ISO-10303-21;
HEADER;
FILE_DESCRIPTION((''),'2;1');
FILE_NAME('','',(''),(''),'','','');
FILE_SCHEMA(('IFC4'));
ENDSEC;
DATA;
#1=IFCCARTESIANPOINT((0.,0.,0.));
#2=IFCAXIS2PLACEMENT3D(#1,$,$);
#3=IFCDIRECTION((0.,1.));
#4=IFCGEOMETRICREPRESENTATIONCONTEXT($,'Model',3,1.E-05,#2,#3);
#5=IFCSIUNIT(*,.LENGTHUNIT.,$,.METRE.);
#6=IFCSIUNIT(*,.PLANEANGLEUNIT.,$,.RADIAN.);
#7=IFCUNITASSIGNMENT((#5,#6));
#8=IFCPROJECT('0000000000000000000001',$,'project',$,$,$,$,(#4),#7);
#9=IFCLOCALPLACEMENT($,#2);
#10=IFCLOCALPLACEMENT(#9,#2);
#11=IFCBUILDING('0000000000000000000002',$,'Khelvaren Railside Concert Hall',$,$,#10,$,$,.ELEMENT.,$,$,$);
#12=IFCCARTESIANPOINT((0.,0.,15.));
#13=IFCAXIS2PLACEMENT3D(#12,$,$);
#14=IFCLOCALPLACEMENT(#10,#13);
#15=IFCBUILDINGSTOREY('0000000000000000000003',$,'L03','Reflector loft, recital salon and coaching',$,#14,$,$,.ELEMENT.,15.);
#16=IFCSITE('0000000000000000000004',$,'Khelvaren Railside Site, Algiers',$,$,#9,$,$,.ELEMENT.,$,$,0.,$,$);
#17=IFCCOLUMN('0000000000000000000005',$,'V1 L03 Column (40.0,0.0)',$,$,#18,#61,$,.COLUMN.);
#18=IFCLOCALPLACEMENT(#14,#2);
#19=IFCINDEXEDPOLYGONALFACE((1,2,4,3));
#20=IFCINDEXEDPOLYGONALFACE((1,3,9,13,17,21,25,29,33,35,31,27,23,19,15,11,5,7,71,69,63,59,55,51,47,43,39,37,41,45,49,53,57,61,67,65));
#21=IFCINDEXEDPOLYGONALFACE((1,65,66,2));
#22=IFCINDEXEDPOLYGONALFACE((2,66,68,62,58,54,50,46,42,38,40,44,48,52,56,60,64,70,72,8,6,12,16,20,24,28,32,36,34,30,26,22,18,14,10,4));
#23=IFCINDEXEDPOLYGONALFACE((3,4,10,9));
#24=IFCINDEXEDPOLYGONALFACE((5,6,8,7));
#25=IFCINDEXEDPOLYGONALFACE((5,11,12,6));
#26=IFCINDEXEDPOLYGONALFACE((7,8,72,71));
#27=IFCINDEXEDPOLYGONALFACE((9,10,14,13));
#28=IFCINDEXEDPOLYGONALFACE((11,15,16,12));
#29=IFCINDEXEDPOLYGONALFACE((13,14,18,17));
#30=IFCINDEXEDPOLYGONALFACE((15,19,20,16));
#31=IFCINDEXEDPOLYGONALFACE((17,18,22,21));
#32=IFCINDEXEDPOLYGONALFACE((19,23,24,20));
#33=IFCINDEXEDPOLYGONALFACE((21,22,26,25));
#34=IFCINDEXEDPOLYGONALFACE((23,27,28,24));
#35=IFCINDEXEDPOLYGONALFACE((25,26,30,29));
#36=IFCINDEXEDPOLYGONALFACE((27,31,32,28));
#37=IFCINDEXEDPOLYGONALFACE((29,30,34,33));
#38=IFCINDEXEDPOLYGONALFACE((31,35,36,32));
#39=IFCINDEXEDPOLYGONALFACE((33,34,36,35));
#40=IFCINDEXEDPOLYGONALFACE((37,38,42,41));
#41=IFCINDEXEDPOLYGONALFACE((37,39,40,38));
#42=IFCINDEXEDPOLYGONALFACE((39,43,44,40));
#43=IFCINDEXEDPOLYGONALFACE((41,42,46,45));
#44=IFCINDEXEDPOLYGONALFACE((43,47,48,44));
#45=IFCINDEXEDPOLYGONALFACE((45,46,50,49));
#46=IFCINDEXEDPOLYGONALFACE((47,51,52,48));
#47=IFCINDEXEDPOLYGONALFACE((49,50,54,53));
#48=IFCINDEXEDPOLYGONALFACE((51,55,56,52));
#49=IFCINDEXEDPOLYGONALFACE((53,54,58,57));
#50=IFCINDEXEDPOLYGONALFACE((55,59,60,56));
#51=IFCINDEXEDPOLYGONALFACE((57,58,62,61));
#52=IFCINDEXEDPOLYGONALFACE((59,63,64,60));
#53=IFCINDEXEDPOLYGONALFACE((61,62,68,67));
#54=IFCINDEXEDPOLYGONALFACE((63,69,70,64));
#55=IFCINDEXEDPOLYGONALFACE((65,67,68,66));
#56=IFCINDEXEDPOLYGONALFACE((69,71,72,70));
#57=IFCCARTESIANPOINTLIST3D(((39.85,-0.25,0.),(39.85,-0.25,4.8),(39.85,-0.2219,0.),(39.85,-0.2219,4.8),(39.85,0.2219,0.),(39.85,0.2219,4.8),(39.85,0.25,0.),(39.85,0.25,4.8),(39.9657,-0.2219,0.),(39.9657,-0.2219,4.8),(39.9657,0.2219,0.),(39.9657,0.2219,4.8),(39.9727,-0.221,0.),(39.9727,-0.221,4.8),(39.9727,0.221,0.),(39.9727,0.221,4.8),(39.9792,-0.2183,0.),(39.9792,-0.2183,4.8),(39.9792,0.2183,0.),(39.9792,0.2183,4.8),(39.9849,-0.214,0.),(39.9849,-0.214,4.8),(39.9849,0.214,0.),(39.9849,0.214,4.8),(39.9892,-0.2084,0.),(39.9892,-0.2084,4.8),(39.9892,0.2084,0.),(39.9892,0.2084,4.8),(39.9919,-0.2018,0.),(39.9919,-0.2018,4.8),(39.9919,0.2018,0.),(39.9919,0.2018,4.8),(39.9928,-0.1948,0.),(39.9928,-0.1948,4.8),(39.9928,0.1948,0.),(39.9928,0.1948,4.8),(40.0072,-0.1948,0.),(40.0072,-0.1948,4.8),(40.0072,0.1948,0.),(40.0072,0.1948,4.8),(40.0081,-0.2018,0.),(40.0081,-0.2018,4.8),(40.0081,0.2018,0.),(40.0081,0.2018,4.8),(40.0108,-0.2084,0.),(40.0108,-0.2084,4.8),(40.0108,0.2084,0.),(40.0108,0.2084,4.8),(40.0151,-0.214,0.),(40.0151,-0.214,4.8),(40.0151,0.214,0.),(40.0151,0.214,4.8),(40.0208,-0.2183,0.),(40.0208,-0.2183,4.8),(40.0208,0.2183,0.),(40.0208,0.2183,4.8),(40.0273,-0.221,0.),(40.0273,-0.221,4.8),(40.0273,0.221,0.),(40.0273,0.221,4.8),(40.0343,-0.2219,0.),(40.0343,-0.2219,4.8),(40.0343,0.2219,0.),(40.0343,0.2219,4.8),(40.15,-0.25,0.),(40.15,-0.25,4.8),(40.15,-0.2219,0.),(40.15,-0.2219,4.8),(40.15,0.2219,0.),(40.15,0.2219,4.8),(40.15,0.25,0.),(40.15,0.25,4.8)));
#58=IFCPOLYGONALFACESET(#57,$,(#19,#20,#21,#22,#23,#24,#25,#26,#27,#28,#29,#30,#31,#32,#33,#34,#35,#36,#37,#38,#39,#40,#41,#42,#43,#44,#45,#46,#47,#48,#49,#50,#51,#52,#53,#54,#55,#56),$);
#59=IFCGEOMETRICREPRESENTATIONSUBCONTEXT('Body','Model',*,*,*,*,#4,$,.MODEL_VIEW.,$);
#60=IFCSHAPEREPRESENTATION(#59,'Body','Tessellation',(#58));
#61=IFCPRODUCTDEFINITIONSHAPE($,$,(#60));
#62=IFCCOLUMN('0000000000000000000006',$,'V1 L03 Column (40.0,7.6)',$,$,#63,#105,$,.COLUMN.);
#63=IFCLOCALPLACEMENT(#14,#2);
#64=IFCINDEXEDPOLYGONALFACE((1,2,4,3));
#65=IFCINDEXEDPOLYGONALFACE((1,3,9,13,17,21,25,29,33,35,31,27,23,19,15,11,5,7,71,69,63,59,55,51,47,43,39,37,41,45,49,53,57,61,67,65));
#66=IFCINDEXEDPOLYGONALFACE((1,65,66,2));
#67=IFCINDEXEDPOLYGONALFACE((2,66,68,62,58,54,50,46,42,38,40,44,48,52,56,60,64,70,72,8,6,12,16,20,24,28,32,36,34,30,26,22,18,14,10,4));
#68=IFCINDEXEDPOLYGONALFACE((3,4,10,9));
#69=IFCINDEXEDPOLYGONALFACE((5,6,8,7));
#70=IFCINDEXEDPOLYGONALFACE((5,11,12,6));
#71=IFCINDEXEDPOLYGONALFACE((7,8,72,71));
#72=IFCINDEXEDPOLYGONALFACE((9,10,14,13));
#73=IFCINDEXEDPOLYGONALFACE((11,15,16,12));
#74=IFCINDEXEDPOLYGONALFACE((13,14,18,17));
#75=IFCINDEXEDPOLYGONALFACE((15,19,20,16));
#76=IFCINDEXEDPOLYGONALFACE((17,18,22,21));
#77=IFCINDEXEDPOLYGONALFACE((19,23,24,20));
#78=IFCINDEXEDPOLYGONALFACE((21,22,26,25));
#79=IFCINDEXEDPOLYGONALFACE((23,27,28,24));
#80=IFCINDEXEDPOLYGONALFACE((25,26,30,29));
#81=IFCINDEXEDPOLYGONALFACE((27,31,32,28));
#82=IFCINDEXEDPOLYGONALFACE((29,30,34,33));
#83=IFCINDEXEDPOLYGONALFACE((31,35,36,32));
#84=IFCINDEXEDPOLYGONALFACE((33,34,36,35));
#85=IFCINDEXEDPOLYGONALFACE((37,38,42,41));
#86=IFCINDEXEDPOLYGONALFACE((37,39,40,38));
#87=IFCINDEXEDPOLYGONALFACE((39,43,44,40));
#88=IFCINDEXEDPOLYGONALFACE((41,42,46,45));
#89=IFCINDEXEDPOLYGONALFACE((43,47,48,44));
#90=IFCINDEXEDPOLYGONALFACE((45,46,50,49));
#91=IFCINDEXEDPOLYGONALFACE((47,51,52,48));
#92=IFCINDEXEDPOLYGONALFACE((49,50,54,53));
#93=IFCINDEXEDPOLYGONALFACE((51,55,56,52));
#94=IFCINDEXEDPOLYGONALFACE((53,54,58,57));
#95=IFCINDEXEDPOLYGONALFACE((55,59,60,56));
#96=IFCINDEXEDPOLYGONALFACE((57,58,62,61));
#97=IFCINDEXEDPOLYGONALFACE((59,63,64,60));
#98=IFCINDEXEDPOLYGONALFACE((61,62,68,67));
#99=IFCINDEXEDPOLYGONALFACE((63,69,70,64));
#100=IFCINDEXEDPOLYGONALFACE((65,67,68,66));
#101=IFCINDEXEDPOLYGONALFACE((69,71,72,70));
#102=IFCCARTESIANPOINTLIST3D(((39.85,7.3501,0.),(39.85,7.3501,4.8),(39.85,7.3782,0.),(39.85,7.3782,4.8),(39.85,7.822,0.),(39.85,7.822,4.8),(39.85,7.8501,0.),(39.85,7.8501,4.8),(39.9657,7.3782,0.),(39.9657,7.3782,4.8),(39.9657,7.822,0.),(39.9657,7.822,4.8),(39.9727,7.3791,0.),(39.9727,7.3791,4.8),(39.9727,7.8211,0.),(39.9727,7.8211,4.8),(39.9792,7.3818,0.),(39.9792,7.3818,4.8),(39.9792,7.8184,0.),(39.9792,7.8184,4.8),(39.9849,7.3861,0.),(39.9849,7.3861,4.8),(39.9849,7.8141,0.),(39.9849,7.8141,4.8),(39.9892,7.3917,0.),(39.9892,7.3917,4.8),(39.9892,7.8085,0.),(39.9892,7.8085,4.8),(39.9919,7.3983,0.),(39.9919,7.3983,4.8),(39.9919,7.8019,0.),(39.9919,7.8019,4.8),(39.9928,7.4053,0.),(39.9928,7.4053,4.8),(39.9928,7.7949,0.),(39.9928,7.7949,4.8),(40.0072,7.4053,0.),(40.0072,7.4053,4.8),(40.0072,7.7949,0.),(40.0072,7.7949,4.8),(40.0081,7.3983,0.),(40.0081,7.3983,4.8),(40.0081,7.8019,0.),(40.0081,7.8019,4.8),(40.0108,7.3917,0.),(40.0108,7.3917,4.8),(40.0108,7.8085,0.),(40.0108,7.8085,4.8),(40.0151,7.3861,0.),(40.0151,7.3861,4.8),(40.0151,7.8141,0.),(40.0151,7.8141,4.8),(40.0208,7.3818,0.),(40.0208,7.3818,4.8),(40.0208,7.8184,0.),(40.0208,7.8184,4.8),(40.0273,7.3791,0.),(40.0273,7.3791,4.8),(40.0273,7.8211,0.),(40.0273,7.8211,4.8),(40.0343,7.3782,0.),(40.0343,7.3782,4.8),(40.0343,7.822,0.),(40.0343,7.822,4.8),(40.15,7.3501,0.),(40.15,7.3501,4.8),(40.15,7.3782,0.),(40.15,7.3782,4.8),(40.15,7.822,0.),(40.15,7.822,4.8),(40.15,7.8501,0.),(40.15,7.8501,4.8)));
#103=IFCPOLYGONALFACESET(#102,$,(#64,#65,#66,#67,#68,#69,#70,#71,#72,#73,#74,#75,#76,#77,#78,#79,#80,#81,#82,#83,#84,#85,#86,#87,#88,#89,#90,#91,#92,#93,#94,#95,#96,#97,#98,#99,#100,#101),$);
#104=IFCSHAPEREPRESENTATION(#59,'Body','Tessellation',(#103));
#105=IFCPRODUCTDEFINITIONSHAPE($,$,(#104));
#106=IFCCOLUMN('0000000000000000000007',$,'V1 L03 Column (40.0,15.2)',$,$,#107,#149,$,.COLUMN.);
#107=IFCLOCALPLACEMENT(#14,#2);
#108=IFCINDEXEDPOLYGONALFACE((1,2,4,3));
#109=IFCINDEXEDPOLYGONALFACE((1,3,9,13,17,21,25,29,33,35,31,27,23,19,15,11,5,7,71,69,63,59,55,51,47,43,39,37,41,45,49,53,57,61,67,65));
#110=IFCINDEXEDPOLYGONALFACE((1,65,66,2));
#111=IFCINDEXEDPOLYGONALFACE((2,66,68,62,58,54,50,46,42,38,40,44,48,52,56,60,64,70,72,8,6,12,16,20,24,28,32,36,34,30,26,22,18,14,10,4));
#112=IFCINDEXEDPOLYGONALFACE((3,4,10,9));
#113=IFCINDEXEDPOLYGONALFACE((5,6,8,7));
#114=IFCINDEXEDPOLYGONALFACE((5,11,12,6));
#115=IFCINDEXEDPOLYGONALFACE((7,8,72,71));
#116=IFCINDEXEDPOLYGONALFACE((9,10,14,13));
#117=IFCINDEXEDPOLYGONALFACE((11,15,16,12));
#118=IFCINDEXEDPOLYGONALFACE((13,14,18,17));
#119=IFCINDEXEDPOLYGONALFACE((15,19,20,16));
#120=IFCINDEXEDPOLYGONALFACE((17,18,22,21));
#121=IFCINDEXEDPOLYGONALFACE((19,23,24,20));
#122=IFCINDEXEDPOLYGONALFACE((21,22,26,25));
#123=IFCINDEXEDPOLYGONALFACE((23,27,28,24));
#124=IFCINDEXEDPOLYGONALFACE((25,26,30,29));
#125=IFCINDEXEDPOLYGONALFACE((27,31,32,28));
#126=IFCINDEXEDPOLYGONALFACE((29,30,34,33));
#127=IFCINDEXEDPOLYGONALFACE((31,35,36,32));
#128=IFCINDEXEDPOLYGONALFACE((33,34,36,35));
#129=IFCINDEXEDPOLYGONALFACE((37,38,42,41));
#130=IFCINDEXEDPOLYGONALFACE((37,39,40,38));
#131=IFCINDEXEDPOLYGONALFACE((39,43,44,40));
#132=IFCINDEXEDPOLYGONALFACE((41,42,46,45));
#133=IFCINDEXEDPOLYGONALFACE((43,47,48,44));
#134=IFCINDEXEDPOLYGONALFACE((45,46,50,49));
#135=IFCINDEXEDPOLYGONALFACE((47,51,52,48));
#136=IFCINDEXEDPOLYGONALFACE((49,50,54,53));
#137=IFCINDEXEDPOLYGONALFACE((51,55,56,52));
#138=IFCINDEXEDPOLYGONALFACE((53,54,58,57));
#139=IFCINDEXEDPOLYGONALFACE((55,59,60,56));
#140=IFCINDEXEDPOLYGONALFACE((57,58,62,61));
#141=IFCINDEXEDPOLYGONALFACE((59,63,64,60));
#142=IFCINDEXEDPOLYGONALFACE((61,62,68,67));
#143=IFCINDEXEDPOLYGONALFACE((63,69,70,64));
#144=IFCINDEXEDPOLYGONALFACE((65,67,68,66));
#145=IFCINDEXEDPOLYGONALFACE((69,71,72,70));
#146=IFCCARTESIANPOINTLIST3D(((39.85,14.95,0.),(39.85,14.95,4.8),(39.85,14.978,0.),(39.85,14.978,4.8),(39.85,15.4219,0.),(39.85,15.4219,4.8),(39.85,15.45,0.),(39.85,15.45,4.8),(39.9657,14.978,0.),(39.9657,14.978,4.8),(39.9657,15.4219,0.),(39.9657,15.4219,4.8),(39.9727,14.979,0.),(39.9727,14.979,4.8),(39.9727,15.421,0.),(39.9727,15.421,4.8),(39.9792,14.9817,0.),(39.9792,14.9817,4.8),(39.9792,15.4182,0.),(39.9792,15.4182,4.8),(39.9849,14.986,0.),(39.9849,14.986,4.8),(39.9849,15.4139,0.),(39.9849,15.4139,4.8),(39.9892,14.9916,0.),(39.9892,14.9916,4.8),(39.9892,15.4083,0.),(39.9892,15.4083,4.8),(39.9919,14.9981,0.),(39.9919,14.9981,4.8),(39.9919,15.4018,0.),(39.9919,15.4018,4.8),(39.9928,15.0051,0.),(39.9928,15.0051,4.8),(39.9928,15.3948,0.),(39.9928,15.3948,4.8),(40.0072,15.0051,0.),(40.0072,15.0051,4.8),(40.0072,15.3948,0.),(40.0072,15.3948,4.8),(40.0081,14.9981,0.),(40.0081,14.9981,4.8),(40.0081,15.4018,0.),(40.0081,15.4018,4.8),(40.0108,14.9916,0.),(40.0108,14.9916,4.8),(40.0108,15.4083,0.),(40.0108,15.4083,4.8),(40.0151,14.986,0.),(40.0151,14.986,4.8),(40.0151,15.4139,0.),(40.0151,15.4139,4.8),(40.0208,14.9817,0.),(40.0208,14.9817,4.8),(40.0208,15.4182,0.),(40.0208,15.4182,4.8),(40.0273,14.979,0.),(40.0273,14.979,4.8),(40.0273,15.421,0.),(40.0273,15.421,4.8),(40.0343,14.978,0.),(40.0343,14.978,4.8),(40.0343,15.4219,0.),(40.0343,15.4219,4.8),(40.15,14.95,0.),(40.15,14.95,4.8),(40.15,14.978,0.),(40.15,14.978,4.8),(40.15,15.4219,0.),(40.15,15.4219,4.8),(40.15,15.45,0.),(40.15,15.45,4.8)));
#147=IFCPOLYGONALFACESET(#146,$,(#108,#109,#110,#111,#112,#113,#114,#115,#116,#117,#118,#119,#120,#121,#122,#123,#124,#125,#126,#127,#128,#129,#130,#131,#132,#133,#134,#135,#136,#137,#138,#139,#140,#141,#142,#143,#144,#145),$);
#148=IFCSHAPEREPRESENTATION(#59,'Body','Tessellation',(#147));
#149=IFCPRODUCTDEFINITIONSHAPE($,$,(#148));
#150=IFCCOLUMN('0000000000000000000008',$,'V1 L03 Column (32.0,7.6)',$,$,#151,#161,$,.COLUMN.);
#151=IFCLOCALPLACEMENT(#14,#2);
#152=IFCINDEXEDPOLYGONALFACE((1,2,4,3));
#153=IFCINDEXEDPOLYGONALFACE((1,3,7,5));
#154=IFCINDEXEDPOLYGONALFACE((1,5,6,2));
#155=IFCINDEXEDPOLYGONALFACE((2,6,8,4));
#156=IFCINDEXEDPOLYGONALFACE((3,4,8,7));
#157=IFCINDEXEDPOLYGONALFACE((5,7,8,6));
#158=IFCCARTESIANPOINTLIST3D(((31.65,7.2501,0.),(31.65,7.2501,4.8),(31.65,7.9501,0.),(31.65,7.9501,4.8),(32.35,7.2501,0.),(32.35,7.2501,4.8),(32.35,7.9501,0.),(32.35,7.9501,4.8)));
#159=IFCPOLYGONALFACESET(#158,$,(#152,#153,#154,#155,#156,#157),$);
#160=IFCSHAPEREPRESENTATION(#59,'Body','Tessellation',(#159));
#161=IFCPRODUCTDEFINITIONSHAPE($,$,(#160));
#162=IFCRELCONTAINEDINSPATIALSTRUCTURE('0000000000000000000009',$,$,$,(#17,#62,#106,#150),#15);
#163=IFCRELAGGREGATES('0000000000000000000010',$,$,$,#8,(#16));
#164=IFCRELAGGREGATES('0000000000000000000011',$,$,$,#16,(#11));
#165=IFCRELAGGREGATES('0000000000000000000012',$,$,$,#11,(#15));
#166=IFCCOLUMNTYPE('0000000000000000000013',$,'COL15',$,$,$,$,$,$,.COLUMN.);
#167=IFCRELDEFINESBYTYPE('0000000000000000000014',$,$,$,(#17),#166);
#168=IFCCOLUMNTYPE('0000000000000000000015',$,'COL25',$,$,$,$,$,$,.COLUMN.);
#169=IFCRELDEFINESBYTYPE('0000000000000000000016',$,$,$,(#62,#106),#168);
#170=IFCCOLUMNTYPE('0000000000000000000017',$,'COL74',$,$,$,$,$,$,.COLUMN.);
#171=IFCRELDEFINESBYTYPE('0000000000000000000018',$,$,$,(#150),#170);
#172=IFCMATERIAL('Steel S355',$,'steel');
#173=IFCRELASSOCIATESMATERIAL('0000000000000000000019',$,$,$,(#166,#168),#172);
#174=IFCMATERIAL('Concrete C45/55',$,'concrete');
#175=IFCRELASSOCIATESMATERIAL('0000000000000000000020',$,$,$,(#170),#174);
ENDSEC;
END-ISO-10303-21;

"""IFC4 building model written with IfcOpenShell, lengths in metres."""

from ifc_helpers import new_model, si_unit, direction, frame, origin, origin_2d, place, context, subcontext, project, spatial, rectangle, i_section, extrude, material, material_profile, profile_set, type_object, element, save


model = new_model("IFC4")

# Units and contexts
model_context = context("Model", 3, precision=1e-05, world=origin(), true_north=direction((0.0, 1.0)))
body_context = subcontext(model_context, "Body", "Model", "MODEL_VIEW")
ifc_project = project(units=[si_unit("LENGTHUNIT", "METRE"), si_unit("PLANEANGLEUNIT", "RADIAN")], contexts=[model_context])

# Site, building, storey
site_placement = place(None, origin())
site = spatial("IfcSite", under=ifc_project, at=site_placement, Name="Khelvaren Railside Site, Algiers", CompositionType="ELEMENT", RefElevation=0.0)
building_placement = place(site_placement, origin())
building = spatial("IfcBuilding", under=site, at=building_placement, Name="Khelvaren Railside Concert Hall", CompositionType="ELEMENT")
storey_placement = place(building_placement, frame((0.0, 0.0, 15.0)))
storey = spatial("IfcBuildingStorey", under=building, at=storey_placement, Name="L03", Description="Reflector loft, recital salon and coaching", CompositionType="ELEMENT", Elevation=15.0)

# Columns
ifc_material_1 = material(Name="Steel S355", Category="steel")
ifc_material_profile_1 = material_profile(ifc_material_1, i_section(OverallWidth=0.3, OverallDepth=0.5, WebThickness=0.0144, FlangeThickness=0.0281, FilletRadius=0.0271, at=origin_2d()), Name="HEB 500")
ifc_profile_set_1 = profile_set([ifc_material_profile_1], Name="Steel S355")
column_type_1 = type_object("IfcColumnType", Name="COL15", PredefinedType="COLUMN", material=ifc_profile_set_1)
column_1_placement = place(storey_placement, frame((40.0, 0.0, 0.0), z_axis=(0.0, 0.0, 1.0), x_axis=(1.0, 0.0, 0.0)))
element("IfcColumn", 1, at=column_1_placement, inside=storey, type_object=column_type_1, Name="V1 L03 Column (40.0,0.0)", PredefinedType="COLUMN", context=body_context, shape_type="SweptSolid", body=[
    extrude(i_section(OverallWidth=0.3, OverallDepth=0.5, WebThickness=0.0144, FlangeThickness=0.0281, FilletRadius=0.0271, at=origin_2d()), origin(), (0.0, 0.0, 1.0), 4.8),
])
ifc_material_profile_2 = material_profile(ifc_material_1, i_section(OverallWidth=0.3, OverallDepth=0.5, WebThickness=0.0144, FlangeThickness=0.0281, FilletRadius=0.0271, at=origin_2d()), Name="HEB 500")
ifc_profile_set_2 = profile_set([ifc_material_profile_2], Name="Steel S355")
column_type_2 = type_object("IfcColumnType", Name="COL25", PredefinedType="COLUMN", material=ifc_profile_set_2)
for number, where, z_axis, x_axis, name in (
    (2, (40.0, 7.6001, 0.0), (0.0, 0.0, 1.0), (1.0, 0.0, 0.0), "V1 L03 Column (40.0,7.6)"),
    (3, (40.0, 15.2, 0.0), (0.0, 0.0, 1.0), (1.0, 0.0, 0.0), "V1 L03 Column (40.0,15.2)"),
):
    element("IfcColumn", number, at=place(storey_placement, frame(where, z_axis=z_axis, x_axis=x_axis)), inside=storey, type_object=column_type_2, Name=name, PredefinedType="COLUMN", context=body_context, shape_type="SweptSolid", body=[
        extrude(i_section(OverallWidth=0.3, OverallDepth=0.5, WebThickness=0.0144, FlangeThickness=0.0281, FilletRadius=0.0271, at=origin_2d()), origin(), (0.0, 0.0, 1.0), 4.8),
    ])
ifc_material_2 = material(Name="Concrete C45/55", Category="concrete")
ifc_material_profile_3 = material_profile(ifc_material_2, rectangle(XDim=0.7, YDim=0.7, at=origin_2d()), Name="RC 700x700")
ifc_profile_set_3 = profile_set([ifc_material_profile_3], Name="Concrete C45/55")
column_type_3 = type_object("IfcColumnType", Name="COL74", PredefinedType="COLUMN", material=ifc_profile_set_3)
column_2_placement = place(storey_placement, frame((32.0, 7.6001, 0.0), z_axis=(0.0, 0.0, 1.0), x_axis=(1.0, 0.0, 0.0)))
element("IfcColumn", 4, at=column_2_placement, inside=storey, type_object=column_type_3, Name="V1 L03 Column (32.0,7.6)", PredefinedType="COLUMN", context=body_context, shape_type="SweptSolid", body=[
    extrude(rectangle(XDim=0.7, YDim=0.7, at=origin_2d()), origin(), (0.0, 0.0, 1.0), 4.8),
])

save(model, "model.ifc")
